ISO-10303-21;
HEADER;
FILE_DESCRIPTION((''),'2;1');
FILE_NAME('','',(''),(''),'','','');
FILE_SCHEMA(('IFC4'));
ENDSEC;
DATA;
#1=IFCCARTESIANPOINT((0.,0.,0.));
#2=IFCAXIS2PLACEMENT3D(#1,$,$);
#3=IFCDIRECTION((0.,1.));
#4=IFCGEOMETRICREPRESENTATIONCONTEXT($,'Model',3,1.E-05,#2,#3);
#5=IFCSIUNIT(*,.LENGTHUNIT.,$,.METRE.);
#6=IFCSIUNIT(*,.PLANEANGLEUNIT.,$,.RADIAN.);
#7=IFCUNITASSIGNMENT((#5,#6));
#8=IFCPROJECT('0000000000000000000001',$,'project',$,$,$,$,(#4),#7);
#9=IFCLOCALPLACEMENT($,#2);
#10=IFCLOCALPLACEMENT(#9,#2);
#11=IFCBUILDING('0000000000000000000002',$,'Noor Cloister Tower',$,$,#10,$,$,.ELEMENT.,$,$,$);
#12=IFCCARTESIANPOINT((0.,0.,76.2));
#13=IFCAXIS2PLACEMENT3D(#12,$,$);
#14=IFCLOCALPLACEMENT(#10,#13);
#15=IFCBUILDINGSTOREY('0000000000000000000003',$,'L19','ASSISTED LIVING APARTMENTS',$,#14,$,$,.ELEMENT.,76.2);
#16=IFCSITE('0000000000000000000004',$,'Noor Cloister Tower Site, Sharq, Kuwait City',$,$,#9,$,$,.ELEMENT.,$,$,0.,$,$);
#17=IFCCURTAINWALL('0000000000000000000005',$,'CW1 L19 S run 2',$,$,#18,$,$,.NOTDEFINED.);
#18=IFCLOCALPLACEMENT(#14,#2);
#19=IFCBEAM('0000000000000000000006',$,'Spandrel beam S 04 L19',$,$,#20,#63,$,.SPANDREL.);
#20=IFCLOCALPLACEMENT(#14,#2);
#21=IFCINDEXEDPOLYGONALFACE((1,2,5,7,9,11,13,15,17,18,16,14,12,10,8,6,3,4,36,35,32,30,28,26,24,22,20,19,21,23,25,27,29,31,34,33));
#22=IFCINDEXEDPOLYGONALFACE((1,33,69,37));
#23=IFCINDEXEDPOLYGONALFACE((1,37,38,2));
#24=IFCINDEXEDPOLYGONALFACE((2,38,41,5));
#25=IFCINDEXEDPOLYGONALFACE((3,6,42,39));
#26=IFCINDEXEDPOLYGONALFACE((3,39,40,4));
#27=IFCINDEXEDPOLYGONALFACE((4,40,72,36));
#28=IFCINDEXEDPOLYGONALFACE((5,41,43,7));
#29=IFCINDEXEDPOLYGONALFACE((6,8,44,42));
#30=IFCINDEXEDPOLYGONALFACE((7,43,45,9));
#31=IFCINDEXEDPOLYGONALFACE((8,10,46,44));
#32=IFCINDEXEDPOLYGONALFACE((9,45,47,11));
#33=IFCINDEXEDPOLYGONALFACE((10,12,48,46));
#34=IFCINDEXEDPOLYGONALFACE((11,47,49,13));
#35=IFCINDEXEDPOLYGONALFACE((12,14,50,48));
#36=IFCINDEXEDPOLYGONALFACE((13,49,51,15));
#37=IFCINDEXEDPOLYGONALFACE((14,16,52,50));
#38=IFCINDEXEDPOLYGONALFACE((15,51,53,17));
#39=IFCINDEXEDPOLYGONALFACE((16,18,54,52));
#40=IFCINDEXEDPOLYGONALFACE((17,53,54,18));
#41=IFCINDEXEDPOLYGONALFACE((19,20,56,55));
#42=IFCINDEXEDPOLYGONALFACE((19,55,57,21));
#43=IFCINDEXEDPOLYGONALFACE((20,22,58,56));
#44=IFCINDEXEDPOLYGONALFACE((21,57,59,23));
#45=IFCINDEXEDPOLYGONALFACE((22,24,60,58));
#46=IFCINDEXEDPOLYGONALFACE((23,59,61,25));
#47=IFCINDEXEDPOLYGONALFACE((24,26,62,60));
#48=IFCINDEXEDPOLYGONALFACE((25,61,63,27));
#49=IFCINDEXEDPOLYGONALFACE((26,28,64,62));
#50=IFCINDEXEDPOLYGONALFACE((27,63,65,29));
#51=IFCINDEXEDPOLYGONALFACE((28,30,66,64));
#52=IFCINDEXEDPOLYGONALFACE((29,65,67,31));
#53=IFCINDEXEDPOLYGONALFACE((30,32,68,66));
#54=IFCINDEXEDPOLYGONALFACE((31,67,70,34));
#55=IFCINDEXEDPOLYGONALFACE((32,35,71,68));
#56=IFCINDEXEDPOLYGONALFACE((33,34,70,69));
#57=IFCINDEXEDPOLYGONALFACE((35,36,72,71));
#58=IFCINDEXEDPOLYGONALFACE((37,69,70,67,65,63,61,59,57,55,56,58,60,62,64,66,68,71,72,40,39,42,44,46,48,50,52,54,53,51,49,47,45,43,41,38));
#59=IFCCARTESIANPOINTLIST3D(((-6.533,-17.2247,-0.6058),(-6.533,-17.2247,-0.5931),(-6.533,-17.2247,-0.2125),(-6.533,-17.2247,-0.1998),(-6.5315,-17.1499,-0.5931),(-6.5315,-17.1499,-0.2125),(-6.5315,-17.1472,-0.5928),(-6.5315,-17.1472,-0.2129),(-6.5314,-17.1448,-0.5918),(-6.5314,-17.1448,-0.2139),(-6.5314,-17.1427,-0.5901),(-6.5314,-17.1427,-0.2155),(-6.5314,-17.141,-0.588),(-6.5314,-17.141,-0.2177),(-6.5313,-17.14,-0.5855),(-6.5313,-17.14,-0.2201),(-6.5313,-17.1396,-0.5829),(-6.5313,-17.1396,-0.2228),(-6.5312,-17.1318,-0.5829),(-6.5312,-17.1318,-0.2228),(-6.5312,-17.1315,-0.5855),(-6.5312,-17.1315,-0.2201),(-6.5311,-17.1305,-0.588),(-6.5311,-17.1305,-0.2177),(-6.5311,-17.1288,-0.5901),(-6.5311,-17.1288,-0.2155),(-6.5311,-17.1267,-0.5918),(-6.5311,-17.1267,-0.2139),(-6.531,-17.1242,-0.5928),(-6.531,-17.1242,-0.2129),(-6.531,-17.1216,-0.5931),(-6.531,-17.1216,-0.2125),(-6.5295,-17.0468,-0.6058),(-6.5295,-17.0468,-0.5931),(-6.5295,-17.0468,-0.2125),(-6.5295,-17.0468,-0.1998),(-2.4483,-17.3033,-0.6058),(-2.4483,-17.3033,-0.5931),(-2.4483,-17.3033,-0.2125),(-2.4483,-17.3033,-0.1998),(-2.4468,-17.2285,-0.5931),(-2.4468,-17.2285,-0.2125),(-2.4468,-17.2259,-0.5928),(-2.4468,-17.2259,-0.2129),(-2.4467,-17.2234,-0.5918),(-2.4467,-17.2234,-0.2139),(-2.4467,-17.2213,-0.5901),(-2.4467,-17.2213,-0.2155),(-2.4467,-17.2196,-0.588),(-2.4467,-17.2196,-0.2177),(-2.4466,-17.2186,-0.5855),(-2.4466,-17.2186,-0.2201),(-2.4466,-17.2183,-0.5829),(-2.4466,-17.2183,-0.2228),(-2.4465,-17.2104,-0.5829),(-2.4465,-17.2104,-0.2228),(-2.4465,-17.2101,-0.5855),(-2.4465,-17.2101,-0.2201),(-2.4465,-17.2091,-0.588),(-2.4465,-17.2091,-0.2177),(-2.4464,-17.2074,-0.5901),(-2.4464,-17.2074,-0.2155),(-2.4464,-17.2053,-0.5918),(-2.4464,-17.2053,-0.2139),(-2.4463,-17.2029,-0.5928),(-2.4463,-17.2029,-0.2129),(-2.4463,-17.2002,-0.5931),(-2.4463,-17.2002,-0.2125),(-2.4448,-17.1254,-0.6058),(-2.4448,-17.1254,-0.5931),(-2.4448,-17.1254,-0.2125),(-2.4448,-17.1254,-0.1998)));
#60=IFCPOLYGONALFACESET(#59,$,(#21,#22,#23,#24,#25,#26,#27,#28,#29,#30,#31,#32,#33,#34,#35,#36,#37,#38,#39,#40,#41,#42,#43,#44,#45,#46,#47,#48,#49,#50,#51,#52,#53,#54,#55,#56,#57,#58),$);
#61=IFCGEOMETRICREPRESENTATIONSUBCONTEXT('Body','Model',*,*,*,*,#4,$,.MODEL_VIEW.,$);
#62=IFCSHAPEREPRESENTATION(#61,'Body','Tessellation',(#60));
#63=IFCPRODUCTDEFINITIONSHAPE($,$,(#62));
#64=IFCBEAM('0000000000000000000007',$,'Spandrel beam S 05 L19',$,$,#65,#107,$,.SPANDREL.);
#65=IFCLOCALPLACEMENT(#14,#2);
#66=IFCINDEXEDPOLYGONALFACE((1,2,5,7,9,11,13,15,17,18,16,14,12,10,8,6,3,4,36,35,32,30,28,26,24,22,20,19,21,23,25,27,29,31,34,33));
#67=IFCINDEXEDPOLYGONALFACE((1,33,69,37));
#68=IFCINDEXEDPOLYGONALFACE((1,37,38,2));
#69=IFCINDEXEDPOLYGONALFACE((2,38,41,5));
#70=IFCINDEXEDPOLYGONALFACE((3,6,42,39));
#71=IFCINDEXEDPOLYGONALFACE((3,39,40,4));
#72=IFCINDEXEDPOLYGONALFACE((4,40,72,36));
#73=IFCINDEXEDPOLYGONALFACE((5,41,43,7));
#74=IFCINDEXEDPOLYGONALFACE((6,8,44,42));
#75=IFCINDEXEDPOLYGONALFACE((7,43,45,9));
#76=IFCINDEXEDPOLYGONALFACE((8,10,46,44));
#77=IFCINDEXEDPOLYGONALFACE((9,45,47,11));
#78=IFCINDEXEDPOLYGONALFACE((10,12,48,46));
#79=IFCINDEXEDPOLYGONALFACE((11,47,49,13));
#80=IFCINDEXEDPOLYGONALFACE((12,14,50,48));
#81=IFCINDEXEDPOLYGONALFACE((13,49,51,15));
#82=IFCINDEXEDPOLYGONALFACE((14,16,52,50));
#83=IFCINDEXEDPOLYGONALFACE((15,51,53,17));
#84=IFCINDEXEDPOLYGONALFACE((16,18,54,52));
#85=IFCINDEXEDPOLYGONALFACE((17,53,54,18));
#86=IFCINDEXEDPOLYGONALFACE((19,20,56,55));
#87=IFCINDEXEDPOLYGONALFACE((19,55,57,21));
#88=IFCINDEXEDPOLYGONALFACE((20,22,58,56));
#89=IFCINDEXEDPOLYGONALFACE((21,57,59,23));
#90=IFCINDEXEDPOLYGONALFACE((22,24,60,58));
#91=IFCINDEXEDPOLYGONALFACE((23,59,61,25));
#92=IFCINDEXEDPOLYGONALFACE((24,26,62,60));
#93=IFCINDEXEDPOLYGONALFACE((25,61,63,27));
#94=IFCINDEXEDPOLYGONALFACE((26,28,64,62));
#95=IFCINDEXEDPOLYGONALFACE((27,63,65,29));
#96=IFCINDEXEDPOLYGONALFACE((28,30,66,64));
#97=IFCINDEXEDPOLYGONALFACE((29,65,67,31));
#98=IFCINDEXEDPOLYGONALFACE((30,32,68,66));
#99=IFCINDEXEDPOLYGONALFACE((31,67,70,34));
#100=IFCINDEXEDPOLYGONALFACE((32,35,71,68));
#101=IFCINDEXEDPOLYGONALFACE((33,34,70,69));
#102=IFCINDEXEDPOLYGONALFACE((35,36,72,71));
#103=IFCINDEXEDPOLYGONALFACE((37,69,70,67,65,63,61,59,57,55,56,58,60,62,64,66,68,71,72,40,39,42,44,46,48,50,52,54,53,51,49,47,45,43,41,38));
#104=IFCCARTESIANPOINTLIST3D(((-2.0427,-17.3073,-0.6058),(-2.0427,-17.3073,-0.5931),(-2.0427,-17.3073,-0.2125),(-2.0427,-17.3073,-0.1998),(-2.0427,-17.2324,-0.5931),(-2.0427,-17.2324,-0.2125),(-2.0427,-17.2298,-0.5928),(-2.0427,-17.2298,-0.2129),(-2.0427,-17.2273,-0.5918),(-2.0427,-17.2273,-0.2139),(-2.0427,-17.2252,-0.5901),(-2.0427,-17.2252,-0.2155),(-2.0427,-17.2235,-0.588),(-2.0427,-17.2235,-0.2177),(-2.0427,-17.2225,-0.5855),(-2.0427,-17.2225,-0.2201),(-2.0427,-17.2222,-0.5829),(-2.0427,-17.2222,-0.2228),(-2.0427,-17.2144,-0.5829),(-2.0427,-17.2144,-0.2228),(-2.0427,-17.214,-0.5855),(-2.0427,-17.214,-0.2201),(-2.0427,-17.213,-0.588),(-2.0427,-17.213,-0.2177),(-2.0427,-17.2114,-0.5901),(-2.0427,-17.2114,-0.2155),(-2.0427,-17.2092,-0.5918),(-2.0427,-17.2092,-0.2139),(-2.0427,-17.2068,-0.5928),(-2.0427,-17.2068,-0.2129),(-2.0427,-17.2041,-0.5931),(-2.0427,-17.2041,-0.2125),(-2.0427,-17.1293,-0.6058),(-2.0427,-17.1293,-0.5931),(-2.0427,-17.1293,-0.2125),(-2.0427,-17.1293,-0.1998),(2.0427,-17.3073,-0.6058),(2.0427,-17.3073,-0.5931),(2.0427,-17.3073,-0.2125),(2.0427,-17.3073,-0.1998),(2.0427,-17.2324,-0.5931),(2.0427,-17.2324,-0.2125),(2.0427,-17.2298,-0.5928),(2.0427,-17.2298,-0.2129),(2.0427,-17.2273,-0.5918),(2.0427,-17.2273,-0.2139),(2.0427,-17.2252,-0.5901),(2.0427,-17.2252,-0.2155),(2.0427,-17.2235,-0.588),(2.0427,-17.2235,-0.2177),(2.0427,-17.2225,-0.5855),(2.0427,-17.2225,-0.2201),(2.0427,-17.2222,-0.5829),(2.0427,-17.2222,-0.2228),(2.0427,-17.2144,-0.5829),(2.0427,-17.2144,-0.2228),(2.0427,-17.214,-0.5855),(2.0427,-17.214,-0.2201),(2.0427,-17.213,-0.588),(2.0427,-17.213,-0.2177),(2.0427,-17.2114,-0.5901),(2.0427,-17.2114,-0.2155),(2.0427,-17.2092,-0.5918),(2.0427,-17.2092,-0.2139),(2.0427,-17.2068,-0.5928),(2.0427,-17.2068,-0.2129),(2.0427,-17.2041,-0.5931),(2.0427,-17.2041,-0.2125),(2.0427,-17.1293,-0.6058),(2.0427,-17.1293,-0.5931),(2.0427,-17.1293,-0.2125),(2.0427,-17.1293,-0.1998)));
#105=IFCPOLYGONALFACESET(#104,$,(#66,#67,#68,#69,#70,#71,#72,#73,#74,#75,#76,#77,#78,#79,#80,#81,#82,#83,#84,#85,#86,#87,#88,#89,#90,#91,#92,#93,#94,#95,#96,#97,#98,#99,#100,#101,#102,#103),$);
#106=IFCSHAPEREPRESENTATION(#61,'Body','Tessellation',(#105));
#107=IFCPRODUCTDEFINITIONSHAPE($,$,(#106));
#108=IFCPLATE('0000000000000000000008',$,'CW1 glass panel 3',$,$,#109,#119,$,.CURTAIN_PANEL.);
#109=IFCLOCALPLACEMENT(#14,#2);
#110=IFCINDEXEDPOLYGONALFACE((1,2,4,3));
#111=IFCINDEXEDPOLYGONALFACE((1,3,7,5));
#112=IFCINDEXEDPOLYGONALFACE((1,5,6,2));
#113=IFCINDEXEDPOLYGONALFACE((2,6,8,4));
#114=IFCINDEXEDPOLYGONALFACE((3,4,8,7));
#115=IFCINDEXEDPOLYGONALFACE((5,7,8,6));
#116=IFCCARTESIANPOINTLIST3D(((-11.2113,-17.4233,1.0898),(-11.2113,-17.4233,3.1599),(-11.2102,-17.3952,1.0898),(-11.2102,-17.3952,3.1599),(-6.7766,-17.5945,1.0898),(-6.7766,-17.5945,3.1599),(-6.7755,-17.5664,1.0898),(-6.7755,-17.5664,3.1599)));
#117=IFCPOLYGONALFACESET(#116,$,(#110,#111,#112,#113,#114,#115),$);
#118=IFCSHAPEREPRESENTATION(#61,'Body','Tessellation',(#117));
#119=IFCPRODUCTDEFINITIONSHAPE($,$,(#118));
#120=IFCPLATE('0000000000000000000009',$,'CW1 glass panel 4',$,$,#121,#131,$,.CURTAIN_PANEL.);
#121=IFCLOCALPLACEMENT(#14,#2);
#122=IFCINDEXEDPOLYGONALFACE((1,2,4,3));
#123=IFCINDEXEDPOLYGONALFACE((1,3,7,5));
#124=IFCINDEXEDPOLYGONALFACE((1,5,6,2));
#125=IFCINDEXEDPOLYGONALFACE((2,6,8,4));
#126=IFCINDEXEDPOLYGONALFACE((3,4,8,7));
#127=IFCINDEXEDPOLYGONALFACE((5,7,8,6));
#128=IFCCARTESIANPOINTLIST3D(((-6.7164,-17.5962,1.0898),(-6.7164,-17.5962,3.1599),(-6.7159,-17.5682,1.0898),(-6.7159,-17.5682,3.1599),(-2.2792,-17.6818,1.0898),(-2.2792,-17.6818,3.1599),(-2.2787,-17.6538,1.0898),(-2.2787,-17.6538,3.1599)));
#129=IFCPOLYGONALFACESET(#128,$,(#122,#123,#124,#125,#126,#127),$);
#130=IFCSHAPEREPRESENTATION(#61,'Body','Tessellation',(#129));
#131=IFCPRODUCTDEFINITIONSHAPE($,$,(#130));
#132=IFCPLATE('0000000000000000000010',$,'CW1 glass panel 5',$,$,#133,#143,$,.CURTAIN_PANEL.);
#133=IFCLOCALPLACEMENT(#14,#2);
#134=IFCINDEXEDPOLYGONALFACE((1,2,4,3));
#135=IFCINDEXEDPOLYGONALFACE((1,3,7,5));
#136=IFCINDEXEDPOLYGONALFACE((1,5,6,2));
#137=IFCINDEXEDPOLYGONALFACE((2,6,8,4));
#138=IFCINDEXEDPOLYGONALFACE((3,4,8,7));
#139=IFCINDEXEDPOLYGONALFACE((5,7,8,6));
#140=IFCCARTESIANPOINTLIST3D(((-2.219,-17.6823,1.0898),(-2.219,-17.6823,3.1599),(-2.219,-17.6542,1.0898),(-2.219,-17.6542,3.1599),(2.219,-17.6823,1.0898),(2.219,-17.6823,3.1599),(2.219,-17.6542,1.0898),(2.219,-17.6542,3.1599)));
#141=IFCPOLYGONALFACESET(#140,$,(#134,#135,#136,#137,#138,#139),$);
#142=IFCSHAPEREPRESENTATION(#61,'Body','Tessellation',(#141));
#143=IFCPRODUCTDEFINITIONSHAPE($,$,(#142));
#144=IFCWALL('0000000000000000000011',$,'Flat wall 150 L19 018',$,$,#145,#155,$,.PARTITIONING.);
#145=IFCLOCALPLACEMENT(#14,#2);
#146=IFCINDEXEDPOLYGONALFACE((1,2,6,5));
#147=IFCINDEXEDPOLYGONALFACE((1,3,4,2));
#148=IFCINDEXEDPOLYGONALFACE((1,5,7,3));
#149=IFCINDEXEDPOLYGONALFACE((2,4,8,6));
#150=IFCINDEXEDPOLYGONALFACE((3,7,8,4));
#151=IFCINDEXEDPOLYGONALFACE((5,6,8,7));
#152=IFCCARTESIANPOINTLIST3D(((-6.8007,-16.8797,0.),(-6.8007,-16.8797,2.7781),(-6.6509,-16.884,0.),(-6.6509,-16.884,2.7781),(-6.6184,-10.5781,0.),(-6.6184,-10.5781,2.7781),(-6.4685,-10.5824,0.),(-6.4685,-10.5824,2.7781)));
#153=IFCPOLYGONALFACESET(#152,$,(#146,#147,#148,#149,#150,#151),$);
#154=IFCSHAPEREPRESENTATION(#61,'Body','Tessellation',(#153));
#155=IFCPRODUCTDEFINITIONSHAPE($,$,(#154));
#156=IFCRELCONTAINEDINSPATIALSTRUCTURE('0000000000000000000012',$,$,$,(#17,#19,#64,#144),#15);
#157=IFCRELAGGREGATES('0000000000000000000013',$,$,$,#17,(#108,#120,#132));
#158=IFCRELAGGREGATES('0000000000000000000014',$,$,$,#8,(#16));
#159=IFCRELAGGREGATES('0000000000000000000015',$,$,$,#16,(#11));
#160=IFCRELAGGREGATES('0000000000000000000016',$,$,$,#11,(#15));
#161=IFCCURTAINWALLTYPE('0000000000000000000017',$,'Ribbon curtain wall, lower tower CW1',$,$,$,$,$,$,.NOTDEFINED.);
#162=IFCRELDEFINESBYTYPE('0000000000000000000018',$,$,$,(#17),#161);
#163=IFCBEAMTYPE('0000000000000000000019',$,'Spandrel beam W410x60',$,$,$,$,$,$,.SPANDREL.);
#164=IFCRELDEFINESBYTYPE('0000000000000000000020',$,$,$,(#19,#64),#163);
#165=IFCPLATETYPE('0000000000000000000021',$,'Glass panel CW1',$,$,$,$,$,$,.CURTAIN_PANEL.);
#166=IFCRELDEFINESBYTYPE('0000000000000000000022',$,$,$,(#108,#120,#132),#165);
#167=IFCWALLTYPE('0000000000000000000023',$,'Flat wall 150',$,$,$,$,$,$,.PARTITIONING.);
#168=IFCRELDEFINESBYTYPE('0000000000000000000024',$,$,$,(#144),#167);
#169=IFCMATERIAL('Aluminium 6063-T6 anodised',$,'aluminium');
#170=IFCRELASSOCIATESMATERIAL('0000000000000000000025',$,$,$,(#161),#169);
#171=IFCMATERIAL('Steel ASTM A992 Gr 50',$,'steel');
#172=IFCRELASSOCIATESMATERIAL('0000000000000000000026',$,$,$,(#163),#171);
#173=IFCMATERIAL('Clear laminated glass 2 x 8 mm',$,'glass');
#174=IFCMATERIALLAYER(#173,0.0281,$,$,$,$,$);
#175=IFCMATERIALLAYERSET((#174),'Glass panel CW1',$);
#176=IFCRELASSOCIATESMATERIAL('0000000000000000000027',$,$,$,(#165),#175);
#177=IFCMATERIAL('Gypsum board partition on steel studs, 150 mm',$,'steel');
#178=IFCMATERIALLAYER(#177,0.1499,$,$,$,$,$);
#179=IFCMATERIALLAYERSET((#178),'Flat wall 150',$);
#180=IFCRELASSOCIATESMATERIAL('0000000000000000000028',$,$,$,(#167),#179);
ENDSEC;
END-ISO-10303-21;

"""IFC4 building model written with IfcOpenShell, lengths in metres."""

from ifc_helpers import new_model, si_unit, direction, frame, frame_2d, origin, origin_2d, place, context, subcontext, project, spatial, rectangle, i_section, extrude, material, layer, layer_set, material_profile, profile_set, type_object, element, aggregate, save


model = new_model("IFC4")

# Units and contexts
model_context = context("Model", 3, precision=1e-05, world=origin(), true_north=direction((0.0, 1.0)))
body_context = subcontext(model_context, "Body", "Model", "MODEL_VIEW")
ifc_project = project(units=[si_unit("LENGTHUNIT", "METRE"), si_unit("PLANEANGLEUNIT", "RADIAN")], contexts=[model_context])

# Site, building, storey
site_placement = place(None, origin())
site = spatial("IfcSite", under=ifc_project, at=site_placement, Name="Noor Cloister Tower Site, Sharq, Kuwait City", CompositionType="ELEMENT", RefElevation=0.0)
building_placement = place(site_placement, origin())
building = spatial("IfcBuilding", under=site, at=building_placement, Name="Noor Cloister Tower", CompositionType="ELEMENT")
storey_placement = place(building_placement, frame((0.0, 0.0, 76.2)))
storey = spatial("IfcBuildingStorey", under=building, at=storey_placement, Name="L19", Description="ASSISTED LIVING APARTMENTS", CompositionType="ELEMENT", Elevation=76.2)

# Curtain wall
ifc_material_1 = material(Name="Aluminium 6063-T6 anodised", Category="aluminium")
curtain_wall_type = type_object("IfcCurtainWallType", Name="Ribbon curtain wall, lower tower CW1", PredefinedType="NOTDEFINED", material=ifc_material_1)
curtain_wall_placement = place(storey_placement, origin())
curtain_wall = element("IfcCurtainWall", 1, at=curtain_wall_placement, inside=storey, type_object=curtain_wall_type, Name="CW1 L19 S run 2", PredefinedType="NOTDEFINED")

# Beams
ifc_material_2 = material(Name="Steel ASTM A992 Gr 50", Category="steel")
ifc_material_profile_1 = material_profile(ifc_material_2, i_section(OverallWidth=0.178, OverallDepth=0.406, WebThickness=0.0078, FlangeThickness=0.0127, FilletRadius=0.0103, at=origin_2d()), Name="W410x60")
ifc_profile_set_1 = profile_set([ifc_material_profile_1], Name="Steel ASTM A992 Gr 50")
beam_type_1 = type_object("IfcBeamType", Name="Spandrel beam W410x60", PredefinedType="SPANDREL", material=ifc_profile_set_1)
for number, where, z_axis, x_axis, name in (
    (2, (-6.5312, -17.1357, -0.4028), (0.999815, -0.019242, 0.0), (0.019242, 0.999815, 0.0), "Spandrel beam S 04 L19"),
    (3, (-2.0427, -17.2183, -0.4028), (1.0, 0.0, 0.0), (0.0, 1.0, 0.0), "Spandrel beam S 05 L19"),
):
    element("IfcBeam", number, at=place(storey_placement, frame(where, z_axis=z_axis, x_axis=x_axis)), inside=storey, type_object=beam_type_1, Name=name, PredefinedType="SPANDREL", context=body_context, shape_type="SweptSolid", body=[
        extrude(i_section(OverallWidth=0.178, OverallDepth=0.406, WebThickness=0.0078, FlangeThickness=0.0127, FilletRadius=0.0103, at=origin_2d()), origin(), (0.0, 0.0, 1.0), 4.0854),
    ])

# Plates
ifc_material_3 = material(Name="Clear laminated glass 2 x 8 mm", Category="glass")
ifc_layer_1 = layer(ifc_material_3, 0.0281)
ifc_layer_set_1 = layer_set([ifc_layer_1], Name="Glass panel CW1")
plate_type = type_object("IfcPlateType", Name="Glass panel CW1", PredefinedType="CURTAIN_PANEL", material=ifc_layer_set_1)
plate_1_placement = place(storey_placement, frame((-8.9934, -17.4949, 1.0898), z_axis=(0.0, 0.0, 1.0), x_axis=(0.999256, -0.038575, 0.0)))
plate_1 = element("IfcPlate", 4, at=plate_1_placement, type_object=plate_type, Name="CW1 glass panel 3", PredefinedType="CURTAIN_PANEL", context=body_context, shape_type="SweptSolid", body=[
    extrude(rectangle(XDim=4.438, YDim=0.0281, at=origin_2d()), origin(), (0.0, 0.0, 1.0), 2.0701),
])
plate_2_placement = place(storey_placement, frame((-4.4976, -17.625, 1.0898), z_axis=(0.0, 0.0, 1.0), x_axis=(0.999814, -0.019291, 0.0)))
plate_2 = element("IfcPlate", 5, at=plate_2_placement, type_object=plate_type, Name="CW1 glass panel 4", PredefinedType="CURTAIN_PANEL", context=body_context, shape_type="SweptSolid", body=[
    extrude(rectangle(XDim=4.438, YDim=0.0281, at=origin_2d()), origin(), (0.0, 0.0, 1.0), 2.0701),
])
plate_3_placement = place(storey_placement, frame((0.0, -17.6682, 1.0898), z_axis=(0.0, 0.0, 1.0), x_axis=(1.0, 0.0, 0.0)))
plate_3 = element("IfcPlate", 6, at=plate_3_placement, type_object=plate_type, Name="CW1 glass panel 5", PredefinedType="CURTAIN_PANEL", context=body_context, shape_type="SweptSolid", body=[
    extrude(rectangle(XDim=4.438, YDim=0.0281, at=origin_2d()), origin(), (0.0, 0.0, 1.0), 2.0701),
])
aggregate(curtain_wall, [plate_1, plate_2, plate_3])

# Wall
ifc_material_4 = material(Name="Gypsum board partition on steel studs, 150 mm", Category="steel")
ifc_layer_2 = layer(ifc_material_4, 0.1499)
ifc_layer_set_2 = layer_set([ifc_layer_2], Name="Flat wall 150")
wall_type = type_object("IfcWallType", Name="Flat wall 150", PredefinedType="PARTITIONING", material=ifc_layer_set_2)
wall_placement = place(storey_placement, frame((-6.7258, -16.8818, 0.0), z_axis=(0.0, 0.0, 1.0), x_axis=(0.028929, 0.999581, 0.0)))
element("IfcWall", 7, at=wall_placement, inside=storey, type_object=wall_type, Name="Flat wall 150 L19 018", PredefinedType="PARTITIONING", context=body_context, shape_type="SweptSolid", body=[
    extrude(rectangle(XDim=6.3042, YDim=0.1499, at=frame_2d((3.1521, 0.0))), origin(), (0.0, 0.0, 1.0), 2.7781),
])

save(model, "model.ifc")
